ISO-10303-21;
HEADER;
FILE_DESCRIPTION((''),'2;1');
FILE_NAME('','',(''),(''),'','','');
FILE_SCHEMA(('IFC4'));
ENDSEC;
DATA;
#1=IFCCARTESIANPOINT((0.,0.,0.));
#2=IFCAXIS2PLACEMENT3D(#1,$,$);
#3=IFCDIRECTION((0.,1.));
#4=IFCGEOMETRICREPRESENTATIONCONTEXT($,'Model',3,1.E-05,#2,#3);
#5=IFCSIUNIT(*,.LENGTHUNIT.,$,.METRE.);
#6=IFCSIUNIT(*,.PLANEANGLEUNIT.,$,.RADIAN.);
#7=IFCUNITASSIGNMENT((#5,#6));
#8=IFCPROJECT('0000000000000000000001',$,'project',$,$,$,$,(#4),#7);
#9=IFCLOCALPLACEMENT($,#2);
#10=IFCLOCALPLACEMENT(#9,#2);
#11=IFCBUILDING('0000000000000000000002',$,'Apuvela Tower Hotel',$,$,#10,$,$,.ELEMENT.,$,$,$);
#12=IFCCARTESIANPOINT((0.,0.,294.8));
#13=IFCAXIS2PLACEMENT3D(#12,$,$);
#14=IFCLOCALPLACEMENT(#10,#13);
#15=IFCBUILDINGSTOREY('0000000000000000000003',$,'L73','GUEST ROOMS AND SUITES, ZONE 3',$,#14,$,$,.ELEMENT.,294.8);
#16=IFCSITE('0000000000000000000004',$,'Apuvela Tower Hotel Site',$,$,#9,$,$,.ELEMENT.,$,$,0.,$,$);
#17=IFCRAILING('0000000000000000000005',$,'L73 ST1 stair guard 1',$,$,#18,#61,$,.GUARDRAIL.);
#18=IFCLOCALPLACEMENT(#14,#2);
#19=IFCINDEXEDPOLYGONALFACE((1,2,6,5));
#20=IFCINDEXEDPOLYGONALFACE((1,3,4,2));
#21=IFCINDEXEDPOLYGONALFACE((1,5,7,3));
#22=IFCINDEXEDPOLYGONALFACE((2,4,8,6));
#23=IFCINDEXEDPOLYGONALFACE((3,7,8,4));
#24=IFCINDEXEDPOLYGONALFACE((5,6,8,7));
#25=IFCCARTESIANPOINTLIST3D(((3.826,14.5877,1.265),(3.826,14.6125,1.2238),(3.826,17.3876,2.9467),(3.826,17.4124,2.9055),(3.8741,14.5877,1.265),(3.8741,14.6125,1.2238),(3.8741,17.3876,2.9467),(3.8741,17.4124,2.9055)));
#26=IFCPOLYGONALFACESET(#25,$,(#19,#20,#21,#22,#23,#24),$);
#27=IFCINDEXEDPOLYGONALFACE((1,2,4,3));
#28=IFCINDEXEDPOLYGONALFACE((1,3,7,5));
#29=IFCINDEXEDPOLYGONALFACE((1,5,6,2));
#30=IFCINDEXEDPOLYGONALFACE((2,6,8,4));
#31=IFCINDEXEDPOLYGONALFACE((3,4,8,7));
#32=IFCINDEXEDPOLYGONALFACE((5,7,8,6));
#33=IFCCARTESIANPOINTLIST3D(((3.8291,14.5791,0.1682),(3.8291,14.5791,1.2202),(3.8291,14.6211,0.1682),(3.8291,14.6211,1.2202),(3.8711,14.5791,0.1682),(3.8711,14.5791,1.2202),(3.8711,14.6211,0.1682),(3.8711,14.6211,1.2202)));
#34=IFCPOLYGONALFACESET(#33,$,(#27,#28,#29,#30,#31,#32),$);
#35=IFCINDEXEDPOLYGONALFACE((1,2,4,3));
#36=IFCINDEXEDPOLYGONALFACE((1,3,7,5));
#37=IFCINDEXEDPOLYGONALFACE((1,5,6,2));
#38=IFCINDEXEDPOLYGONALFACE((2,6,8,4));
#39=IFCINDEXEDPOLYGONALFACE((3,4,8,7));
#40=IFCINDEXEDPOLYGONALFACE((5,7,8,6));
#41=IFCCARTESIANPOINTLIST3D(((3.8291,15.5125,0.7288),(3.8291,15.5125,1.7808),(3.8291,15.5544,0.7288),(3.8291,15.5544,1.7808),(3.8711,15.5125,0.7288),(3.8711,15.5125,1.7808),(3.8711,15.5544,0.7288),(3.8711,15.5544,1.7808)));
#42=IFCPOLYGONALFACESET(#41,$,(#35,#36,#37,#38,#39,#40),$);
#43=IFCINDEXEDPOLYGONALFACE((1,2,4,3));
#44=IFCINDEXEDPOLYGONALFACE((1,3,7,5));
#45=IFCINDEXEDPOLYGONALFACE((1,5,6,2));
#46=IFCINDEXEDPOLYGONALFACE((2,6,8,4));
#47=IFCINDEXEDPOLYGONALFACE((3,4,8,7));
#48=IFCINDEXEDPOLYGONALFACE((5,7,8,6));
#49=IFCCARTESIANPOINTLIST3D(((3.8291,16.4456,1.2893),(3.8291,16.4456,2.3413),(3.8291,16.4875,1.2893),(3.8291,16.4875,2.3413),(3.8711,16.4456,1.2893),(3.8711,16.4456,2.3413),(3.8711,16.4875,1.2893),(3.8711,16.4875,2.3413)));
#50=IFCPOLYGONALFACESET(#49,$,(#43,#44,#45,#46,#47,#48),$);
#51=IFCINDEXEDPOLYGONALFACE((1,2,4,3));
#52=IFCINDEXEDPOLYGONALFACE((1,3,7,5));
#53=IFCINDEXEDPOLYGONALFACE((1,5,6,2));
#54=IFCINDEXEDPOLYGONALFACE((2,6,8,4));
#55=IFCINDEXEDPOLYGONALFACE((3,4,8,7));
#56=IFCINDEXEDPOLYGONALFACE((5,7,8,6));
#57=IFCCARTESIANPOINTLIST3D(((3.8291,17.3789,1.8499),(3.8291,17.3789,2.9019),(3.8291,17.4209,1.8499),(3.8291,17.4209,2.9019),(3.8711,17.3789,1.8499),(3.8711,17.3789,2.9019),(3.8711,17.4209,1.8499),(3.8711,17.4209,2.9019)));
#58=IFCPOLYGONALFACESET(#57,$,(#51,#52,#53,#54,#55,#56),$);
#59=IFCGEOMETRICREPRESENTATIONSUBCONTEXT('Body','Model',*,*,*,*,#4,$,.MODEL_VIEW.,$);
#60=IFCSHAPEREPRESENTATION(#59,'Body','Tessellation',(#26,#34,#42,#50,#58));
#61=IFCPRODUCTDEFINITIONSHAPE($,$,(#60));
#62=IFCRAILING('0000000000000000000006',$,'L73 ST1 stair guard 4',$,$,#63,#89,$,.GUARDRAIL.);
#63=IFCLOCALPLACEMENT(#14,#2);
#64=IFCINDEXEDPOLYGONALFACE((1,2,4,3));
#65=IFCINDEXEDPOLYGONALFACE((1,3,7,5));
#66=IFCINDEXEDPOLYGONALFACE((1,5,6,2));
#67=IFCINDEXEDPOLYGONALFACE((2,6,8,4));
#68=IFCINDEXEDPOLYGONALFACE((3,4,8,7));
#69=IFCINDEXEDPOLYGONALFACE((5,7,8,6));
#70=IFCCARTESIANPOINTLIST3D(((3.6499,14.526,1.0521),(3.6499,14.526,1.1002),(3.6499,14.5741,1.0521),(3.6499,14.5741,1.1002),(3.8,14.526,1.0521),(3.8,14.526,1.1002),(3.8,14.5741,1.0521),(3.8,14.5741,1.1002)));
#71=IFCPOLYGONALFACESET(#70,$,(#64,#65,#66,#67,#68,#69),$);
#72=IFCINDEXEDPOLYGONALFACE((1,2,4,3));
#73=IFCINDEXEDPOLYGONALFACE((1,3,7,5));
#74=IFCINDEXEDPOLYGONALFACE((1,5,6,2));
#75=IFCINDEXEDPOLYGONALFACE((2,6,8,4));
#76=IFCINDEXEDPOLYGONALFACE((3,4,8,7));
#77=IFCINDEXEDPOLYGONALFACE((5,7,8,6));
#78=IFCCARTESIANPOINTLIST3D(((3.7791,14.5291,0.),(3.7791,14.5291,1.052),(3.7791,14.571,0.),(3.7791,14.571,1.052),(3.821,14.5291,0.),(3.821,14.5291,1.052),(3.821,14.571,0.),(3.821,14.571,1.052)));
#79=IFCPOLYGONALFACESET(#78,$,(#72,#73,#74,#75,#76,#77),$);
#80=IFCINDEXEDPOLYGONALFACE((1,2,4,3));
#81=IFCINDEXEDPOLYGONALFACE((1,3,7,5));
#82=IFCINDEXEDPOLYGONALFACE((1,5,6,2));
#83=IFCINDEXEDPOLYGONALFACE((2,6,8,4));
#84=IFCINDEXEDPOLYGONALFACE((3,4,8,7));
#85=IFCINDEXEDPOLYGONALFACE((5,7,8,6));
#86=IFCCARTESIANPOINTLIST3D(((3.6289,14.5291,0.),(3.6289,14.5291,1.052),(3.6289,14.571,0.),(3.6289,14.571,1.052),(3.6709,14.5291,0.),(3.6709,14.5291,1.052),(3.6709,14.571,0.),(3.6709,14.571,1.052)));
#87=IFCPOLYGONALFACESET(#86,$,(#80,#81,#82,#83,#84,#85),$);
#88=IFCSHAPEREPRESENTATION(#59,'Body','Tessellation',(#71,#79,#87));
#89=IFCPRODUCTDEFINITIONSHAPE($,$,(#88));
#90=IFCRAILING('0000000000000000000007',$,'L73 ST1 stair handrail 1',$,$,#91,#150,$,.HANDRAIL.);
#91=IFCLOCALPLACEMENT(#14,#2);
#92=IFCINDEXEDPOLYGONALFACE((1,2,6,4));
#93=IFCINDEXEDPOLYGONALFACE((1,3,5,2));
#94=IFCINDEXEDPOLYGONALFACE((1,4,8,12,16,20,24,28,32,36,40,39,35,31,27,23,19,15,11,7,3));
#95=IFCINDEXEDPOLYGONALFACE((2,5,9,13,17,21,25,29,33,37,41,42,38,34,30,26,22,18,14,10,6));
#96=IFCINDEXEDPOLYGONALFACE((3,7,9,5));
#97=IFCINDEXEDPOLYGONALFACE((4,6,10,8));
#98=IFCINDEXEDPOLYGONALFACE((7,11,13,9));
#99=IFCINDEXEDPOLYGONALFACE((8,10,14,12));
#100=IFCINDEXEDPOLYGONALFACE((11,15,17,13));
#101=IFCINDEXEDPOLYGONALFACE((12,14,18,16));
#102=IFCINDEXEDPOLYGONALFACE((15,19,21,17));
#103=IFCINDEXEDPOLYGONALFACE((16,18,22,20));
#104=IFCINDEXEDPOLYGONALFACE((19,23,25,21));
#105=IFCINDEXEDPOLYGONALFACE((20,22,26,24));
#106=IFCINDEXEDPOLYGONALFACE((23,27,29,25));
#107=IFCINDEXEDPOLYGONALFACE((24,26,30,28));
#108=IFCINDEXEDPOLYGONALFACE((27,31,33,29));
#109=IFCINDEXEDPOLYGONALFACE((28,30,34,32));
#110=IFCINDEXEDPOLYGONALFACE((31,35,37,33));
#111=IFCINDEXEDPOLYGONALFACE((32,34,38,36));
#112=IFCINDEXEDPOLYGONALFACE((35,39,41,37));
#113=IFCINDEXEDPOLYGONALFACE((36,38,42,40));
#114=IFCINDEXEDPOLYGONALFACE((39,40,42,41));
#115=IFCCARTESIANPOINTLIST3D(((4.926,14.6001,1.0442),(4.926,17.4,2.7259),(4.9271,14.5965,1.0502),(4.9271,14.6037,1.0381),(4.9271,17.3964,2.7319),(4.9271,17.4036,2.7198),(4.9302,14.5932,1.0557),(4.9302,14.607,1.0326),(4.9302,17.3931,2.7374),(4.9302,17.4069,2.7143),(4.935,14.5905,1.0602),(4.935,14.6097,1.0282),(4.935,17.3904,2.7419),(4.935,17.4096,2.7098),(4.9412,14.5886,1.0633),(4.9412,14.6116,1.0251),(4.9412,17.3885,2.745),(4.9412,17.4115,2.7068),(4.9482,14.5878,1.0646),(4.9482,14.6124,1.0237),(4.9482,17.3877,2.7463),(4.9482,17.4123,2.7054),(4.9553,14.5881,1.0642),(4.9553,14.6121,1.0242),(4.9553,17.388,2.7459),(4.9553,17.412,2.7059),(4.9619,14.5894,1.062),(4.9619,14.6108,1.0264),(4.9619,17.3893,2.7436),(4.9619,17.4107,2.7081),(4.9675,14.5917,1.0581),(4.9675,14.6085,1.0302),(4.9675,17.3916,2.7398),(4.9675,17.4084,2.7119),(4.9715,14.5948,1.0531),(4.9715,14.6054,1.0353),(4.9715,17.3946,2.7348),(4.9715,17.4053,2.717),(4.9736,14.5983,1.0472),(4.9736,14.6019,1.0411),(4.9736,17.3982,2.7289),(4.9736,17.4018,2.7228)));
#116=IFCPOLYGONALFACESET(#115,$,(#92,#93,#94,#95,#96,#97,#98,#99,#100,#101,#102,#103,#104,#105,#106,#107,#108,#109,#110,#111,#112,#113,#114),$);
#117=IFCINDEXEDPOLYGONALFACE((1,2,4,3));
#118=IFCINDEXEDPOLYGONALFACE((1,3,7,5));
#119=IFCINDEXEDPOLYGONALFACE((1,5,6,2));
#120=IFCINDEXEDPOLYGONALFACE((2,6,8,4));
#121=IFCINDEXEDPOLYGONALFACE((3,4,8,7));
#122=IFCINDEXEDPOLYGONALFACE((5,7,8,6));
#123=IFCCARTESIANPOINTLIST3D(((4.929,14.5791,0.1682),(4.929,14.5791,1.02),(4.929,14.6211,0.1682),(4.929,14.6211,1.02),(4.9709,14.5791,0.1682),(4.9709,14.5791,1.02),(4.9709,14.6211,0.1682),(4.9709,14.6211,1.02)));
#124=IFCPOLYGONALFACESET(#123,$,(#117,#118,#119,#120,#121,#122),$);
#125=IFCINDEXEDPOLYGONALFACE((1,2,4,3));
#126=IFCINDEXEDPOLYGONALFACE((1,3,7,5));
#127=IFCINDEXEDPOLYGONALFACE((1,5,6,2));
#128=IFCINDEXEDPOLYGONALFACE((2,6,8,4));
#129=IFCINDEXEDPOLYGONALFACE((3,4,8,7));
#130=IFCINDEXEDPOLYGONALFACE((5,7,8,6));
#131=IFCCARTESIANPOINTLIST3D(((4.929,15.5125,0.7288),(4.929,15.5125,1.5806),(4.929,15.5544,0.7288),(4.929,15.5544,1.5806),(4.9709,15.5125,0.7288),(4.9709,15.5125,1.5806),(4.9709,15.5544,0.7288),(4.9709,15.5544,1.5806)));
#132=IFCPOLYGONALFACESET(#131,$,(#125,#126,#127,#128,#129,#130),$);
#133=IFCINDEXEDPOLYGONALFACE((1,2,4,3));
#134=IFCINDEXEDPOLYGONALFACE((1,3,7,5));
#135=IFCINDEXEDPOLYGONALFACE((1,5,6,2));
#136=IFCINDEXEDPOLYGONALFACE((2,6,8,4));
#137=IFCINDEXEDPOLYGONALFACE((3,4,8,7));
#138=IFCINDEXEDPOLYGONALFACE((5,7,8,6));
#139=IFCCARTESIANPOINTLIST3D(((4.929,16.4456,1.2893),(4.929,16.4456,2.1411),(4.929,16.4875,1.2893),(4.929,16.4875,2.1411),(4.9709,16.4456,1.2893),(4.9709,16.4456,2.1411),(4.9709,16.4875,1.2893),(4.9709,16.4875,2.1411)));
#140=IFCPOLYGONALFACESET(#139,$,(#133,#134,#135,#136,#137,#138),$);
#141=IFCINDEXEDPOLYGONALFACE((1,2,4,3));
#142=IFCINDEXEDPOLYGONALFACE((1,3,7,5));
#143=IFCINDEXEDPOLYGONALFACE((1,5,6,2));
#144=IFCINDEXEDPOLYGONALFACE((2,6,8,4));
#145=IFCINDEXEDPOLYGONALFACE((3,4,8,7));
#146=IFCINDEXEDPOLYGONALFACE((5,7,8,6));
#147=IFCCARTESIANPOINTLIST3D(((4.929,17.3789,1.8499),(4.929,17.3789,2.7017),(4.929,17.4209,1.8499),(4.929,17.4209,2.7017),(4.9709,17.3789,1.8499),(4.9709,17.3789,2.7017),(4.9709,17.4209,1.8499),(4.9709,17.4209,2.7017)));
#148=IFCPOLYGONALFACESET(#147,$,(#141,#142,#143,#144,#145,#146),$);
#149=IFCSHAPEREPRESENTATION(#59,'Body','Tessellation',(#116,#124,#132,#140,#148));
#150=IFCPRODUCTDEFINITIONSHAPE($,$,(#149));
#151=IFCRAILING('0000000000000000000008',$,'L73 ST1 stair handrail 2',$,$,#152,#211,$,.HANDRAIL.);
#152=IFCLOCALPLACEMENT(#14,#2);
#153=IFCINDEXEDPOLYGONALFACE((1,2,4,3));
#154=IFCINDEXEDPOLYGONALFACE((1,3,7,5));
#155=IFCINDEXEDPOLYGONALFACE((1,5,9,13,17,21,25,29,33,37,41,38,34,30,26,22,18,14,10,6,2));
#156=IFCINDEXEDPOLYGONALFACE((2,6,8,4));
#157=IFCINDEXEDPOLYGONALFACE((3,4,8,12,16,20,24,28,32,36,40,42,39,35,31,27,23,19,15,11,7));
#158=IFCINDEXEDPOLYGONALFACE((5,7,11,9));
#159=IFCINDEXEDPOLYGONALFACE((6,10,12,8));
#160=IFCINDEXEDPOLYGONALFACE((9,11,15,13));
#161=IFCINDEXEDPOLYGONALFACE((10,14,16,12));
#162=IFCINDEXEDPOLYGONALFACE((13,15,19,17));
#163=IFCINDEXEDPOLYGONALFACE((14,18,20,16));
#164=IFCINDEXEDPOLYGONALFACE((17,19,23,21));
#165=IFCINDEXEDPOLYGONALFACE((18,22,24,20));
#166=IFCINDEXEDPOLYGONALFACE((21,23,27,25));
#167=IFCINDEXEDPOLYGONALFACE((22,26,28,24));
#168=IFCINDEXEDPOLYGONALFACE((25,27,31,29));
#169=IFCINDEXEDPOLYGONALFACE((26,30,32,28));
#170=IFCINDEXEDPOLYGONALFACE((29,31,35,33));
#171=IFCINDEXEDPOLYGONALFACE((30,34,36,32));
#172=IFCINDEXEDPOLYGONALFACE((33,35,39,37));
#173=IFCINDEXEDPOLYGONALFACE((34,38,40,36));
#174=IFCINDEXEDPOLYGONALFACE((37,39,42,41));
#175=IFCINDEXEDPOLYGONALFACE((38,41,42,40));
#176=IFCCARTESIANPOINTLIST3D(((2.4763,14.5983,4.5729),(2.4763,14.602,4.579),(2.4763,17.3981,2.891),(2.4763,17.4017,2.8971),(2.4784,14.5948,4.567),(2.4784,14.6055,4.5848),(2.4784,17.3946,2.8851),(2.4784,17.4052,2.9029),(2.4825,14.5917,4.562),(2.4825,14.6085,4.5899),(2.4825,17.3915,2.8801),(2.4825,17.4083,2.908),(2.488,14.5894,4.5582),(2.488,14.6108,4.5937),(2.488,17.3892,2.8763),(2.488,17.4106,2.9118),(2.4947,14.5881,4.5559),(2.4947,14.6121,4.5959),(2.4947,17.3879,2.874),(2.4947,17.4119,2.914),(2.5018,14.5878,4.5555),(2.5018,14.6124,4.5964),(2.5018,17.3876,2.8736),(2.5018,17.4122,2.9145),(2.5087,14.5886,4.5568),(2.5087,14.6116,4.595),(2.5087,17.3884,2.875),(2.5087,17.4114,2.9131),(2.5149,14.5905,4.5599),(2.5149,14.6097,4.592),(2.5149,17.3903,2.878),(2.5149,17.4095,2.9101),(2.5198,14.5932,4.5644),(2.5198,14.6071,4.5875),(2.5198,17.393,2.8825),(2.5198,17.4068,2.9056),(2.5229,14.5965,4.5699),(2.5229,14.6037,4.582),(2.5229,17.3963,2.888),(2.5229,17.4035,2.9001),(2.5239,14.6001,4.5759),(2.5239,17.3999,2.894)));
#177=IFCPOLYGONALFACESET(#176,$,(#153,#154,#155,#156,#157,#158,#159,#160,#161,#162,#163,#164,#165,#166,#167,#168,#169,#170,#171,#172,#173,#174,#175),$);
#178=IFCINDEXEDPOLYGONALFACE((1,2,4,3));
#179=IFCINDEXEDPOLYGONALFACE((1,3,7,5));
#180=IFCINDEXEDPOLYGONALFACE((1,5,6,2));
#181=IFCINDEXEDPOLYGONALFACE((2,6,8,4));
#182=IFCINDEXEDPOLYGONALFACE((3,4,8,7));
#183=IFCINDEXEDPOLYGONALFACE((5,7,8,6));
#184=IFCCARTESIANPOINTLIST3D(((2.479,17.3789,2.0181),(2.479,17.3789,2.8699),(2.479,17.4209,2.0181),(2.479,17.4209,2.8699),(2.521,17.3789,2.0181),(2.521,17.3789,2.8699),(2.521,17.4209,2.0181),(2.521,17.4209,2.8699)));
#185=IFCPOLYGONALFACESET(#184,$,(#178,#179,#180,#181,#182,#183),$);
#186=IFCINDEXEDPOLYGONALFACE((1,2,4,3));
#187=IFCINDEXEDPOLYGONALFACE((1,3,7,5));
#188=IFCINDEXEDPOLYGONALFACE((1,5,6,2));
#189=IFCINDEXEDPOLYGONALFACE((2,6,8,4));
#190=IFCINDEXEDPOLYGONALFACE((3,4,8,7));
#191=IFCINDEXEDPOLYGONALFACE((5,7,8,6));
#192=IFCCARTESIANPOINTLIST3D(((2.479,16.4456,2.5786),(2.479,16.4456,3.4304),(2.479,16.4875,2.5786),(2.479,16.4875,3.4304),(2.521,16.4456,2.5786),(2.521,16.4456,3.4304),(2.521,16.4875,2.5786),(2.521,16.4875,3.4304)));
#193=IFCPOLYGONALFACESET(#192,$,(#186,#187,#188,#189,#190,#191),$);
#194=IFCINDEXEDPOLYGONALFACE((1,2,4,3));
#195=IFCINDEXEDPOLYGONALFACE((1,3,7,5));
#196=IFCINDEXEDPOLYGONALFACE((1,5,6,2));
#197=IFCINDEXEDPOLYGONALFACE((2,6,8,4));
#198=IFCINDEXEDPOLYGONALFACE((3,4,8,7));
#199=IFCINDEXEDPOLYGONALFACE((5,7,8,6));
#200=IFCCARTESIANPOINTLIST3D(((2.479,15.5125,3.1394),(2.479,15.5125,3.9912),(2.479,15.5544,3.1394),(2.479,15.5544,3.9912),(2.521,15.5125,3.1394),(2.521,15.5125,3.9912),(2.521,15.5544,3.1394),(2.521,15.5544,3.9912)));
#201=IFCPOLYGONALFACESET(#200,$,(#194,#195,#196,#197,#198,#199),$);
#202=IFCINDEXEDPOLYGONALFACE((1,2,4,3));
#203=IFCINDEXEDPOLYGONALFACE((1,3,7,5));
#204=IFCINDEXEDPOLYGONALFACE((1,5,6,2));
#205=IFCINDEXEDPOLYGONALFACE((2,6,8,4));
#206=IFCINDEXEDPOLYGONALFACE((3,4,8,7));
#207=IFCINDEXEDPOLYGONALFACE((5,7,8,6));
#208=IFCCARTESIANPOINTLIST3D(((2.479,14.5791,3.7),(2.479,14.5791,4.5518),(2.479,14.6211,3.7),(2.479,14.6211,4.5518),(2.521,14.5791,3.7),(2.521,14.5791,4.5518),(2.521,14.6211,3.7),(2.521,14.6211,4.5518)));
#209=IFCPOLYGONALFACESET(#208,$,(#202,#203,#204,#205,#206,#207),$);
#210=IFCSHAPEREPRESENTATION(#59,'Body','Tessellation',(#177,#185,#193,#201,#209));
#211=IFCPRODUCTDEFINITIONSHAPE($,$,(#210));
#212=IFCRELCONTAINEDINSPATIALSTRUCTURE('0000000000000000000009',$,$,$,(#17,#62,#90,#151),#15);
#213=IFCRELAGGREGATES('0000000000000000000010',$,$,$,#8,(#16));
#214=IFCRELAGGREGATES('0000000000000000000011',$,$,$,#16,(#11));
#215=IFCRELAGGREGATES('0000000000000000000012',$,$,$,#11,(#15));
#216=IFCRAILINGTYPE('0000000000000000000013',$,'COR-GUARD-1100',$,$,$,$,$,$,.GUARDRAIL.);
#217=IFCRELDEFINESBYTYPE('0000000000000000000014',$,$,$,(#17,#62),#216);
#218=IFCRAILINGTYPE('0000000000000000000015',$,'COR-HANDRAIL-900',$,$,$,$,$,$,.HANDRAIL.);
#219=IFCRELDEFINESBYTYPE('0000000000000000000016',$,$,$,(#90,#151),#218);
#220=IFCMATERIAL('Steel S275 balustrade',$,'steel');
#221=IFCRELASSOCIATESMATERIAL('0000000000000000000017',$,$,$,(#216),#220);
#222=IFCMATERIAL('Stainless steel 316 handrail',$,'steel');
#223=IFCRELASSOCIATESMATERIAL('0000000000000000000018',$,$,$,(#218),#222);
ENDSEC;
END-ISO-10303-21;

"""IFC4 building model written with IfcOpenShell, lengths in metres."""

from ifc_helpers import new_model, si_unit, direction, frame, origin, origin_2d, place, context, subcontext, project, spatial, rectangle, circle, extrude, material, type_object, element, save


model = new_model("IFC4")

# Units and contexts
model_context = context("Model", 3, precision=1e-05, world=origin(), true_north=direction((0.0, 1.0)))
body_context = subcontext(model_context, "Body", "Model", "MODEL_VIEW")
ifc_project = project(units=[si_unit("LENGTHUNIT", "METRE"), si_unit("PLANEANGLEUNIT", "RADIAN")], contexts=[model_context])

# Site, building, storey
site_placement = place(None, origin())
site = spatial("IfcSite", under=ifc_project, at=site_placement, Name="Apuvela Tower Hotel Site", CompositionType="ELEMENT", RefElevation=0.0)
building_placement = place(site_placement, origin())
building = spatial("IfcBuilding", under=site, at=building_placement, Name="Apuvela Tower Hotel", CompositionType="ELEMENT")
storey_placement = place(building_placement, frame((0.0, 0.0, 294.8)))
storey = spatial("IfcBuildingStorey", under=building, at=storey_placement, Name="L73", Description="GUEST ROOMS AND SUITES, ZONE 3", CompositionType="ELEMENT", Elevation=294.8)

# Railings
ifc_material_1 = material(Name="Steel S275 balustrade", Category="steel")
railing_type_1 = type_object("IfcRailingType", Name="COR-GUARD-1100", PredefinedType="GUARDRAIL", material=ifc_material_1)
railing_1_placement = place(storey_placement, frame((3.8501, 14.6001, 0.1682)))
element("IfcRailing", 1, at=railing_1_placement, inside=storey, type_object=railing_type_1, Name="L73 ST1 stair guard 1", PredefinedType="GUARDRAIL", context=body_context, shape_type="SweptSolid", body=[
    extrude(rectangle(XDim=0.0481, YDim=0.0481, at=origin_2d()), frame((0.0, 0.0, 1.0762), z_axis=(0.0, 0.857255, 0.514891), x_axis=(-1.0, 0.0, 0.0)), (0.0, 0.0, 1.0), 3.2661),
    extrude(rectangle(XDim=0.042, YDim=0.042, at=origin_2d()), origin(), (0.0, 0.0, 1.0), 1.052),
    extrude(rectangle(XDim=0.042, YDim=0.042, at=origin_2d()), frame((0.0, 0.9333, 0.5605)), (0.0, 0.0, 1.0), 1.052),
    extrude(rectangle(XDim=0.042, YDim=0.042, at=origin_2d()), frame((0.0, 1.8665, 1.1211)), (0.0, 0.0, 1.0), 1.052),
    extrude(rectangle(XDim=0.042, YDim=0.042, at=origin_2d()), frame((0.0, 2.7998, 1.6816)), (0.0, 0.0, 1.0), 1.052),
])
railing_2_placement = place(storey_placement, frame((3.8, 14.55, 0.0)))
element("IfcRailing", 2, at=railing_2_placement, inside=storey, type_object=railing_type_1, Name="L73 ST1 stair guard 4", PredefinedType="GUARDRAIL", context=body_context, shape_type="SweptSolid", body=[
    extrude(rectangle(XDim=0.0481, YDim=0.0481, at=origin_2d()), frame((0.0, 0.0, 1.0762), z_axis=(-1.0, 0.0, 0.0), x_axis=(0.0, -1.0, 0.0)), (0.0, 0.0, 1.0), 0.1501),
    extrude(rectangle(XDim=0.042, YDim=0.042, at=origin_2d()), origin(), (0.0, 0.0, 1.0), 1.052),
    extrude(rectangle(XDim=0.042, YDim=0.042, at=origin_2d()), frame((-0.1501, 0.0, 0.0)), (0.0, 0.0, 1.0), 1.052),
])
ifc_material_2 = material(Name="Stainless steel 316 handrail", Category="steel")
railing_type_2 = type_object("IfcRailingType", Name="COR-HANDRAIL-900", PredefinedType="HANDRAIL", material=ifc_material_2)
railing_3_placement = place(storey_placement, frame((4.95, 14.6001, 0.1682)))
element("IfcRailing", 3, at=railing_3_placement, inside=storey, type_object=railing_type_2, Name="L73 ST1 stair handrail 1", PredefinedType="HANDRAIL", context=body_context, shape_type="SweptSolid", body=[
    extrude(circle(Radius=0.0239, at=origin_2d()), frame((0.0, 0.0, 0.876), z_axis=(0.0, 0.857255, 0.514891), x_axis=(-1.0, 0.0, 0.0)), (0.0, 0.0, 1.0), 3.2661),
    extrude(rectangle(XDim=0.042, YDim=0.042, at=origin_2d()), origin(), (0.0, 0.0, 1.0), 0.8518),
    extrude(rectangle(XDim=0.042, YDim=0.042, at=origin_2d()), frame((0.0, 0.9333, 0.5605)), (0.0, 0.0, 1.0), 0.8518),
    extrude(rectangle(XDim=0.042, YDim=0.042, at=origin_2d()), frame((0.0, 1.8665, 1.1211)), (0.0, 0.0, 1.0), 0.8518),
    extrude(rectangle(XDim=0.042, YDim=0.042, at=origin_2d()), frame((0.0, 2.7998, 1.6816)), (0.0, 0.0, 1.0), 0.8518),
])
railing_4_placement = place(storey_placement, frame((2.5, 17.3999, 2.0181)))
element("IfcRailing", 4, at=railing_4_placement, inside=storey, type_object=railing_type_2, Name="L73 ST1 stair handrail 2", PredefinedType="HANDRAIL", context=body_context, shape_type="SweptSolid", body=[
    extrude(circle(Radius=0.0239, at=origin_2d()), frame((0.0, 0.0, 0.876), z_axis=(0.0, -0.857222, 0.514946), x_axis=(1.0, 0.0, 0.0)), (0.0, 0.0, 1.0), 3.2661),
    extrude(rectangle(XDim=0.042, YDim=0.042, at=origin_2d()), origin(), (0.0, 0.0, 1.0), 0.8518),
    extrude(rectangle(XDim=0.042, YDim=0.042, at=origin_2d()), frame((0.0, -0.9333, 0.5605)), (0.0, 0.0, 1.0), 0.8518),
    extrude(rectangle(XDim=0.042, YDim=0.042, at=origin_2d()), frame((0.0, -1.8665, 1.1213)), (0.0, 0.0, 1.0), 0.8518),
    extrude(rectangle(XDim=0.042, YDim=0.042, at=origin_2d()), frame((0.0, -2.7998, 1.6819)), (0.0, 0.0, 1.0), 0.8518),
])

save(model, "model.ifc")
